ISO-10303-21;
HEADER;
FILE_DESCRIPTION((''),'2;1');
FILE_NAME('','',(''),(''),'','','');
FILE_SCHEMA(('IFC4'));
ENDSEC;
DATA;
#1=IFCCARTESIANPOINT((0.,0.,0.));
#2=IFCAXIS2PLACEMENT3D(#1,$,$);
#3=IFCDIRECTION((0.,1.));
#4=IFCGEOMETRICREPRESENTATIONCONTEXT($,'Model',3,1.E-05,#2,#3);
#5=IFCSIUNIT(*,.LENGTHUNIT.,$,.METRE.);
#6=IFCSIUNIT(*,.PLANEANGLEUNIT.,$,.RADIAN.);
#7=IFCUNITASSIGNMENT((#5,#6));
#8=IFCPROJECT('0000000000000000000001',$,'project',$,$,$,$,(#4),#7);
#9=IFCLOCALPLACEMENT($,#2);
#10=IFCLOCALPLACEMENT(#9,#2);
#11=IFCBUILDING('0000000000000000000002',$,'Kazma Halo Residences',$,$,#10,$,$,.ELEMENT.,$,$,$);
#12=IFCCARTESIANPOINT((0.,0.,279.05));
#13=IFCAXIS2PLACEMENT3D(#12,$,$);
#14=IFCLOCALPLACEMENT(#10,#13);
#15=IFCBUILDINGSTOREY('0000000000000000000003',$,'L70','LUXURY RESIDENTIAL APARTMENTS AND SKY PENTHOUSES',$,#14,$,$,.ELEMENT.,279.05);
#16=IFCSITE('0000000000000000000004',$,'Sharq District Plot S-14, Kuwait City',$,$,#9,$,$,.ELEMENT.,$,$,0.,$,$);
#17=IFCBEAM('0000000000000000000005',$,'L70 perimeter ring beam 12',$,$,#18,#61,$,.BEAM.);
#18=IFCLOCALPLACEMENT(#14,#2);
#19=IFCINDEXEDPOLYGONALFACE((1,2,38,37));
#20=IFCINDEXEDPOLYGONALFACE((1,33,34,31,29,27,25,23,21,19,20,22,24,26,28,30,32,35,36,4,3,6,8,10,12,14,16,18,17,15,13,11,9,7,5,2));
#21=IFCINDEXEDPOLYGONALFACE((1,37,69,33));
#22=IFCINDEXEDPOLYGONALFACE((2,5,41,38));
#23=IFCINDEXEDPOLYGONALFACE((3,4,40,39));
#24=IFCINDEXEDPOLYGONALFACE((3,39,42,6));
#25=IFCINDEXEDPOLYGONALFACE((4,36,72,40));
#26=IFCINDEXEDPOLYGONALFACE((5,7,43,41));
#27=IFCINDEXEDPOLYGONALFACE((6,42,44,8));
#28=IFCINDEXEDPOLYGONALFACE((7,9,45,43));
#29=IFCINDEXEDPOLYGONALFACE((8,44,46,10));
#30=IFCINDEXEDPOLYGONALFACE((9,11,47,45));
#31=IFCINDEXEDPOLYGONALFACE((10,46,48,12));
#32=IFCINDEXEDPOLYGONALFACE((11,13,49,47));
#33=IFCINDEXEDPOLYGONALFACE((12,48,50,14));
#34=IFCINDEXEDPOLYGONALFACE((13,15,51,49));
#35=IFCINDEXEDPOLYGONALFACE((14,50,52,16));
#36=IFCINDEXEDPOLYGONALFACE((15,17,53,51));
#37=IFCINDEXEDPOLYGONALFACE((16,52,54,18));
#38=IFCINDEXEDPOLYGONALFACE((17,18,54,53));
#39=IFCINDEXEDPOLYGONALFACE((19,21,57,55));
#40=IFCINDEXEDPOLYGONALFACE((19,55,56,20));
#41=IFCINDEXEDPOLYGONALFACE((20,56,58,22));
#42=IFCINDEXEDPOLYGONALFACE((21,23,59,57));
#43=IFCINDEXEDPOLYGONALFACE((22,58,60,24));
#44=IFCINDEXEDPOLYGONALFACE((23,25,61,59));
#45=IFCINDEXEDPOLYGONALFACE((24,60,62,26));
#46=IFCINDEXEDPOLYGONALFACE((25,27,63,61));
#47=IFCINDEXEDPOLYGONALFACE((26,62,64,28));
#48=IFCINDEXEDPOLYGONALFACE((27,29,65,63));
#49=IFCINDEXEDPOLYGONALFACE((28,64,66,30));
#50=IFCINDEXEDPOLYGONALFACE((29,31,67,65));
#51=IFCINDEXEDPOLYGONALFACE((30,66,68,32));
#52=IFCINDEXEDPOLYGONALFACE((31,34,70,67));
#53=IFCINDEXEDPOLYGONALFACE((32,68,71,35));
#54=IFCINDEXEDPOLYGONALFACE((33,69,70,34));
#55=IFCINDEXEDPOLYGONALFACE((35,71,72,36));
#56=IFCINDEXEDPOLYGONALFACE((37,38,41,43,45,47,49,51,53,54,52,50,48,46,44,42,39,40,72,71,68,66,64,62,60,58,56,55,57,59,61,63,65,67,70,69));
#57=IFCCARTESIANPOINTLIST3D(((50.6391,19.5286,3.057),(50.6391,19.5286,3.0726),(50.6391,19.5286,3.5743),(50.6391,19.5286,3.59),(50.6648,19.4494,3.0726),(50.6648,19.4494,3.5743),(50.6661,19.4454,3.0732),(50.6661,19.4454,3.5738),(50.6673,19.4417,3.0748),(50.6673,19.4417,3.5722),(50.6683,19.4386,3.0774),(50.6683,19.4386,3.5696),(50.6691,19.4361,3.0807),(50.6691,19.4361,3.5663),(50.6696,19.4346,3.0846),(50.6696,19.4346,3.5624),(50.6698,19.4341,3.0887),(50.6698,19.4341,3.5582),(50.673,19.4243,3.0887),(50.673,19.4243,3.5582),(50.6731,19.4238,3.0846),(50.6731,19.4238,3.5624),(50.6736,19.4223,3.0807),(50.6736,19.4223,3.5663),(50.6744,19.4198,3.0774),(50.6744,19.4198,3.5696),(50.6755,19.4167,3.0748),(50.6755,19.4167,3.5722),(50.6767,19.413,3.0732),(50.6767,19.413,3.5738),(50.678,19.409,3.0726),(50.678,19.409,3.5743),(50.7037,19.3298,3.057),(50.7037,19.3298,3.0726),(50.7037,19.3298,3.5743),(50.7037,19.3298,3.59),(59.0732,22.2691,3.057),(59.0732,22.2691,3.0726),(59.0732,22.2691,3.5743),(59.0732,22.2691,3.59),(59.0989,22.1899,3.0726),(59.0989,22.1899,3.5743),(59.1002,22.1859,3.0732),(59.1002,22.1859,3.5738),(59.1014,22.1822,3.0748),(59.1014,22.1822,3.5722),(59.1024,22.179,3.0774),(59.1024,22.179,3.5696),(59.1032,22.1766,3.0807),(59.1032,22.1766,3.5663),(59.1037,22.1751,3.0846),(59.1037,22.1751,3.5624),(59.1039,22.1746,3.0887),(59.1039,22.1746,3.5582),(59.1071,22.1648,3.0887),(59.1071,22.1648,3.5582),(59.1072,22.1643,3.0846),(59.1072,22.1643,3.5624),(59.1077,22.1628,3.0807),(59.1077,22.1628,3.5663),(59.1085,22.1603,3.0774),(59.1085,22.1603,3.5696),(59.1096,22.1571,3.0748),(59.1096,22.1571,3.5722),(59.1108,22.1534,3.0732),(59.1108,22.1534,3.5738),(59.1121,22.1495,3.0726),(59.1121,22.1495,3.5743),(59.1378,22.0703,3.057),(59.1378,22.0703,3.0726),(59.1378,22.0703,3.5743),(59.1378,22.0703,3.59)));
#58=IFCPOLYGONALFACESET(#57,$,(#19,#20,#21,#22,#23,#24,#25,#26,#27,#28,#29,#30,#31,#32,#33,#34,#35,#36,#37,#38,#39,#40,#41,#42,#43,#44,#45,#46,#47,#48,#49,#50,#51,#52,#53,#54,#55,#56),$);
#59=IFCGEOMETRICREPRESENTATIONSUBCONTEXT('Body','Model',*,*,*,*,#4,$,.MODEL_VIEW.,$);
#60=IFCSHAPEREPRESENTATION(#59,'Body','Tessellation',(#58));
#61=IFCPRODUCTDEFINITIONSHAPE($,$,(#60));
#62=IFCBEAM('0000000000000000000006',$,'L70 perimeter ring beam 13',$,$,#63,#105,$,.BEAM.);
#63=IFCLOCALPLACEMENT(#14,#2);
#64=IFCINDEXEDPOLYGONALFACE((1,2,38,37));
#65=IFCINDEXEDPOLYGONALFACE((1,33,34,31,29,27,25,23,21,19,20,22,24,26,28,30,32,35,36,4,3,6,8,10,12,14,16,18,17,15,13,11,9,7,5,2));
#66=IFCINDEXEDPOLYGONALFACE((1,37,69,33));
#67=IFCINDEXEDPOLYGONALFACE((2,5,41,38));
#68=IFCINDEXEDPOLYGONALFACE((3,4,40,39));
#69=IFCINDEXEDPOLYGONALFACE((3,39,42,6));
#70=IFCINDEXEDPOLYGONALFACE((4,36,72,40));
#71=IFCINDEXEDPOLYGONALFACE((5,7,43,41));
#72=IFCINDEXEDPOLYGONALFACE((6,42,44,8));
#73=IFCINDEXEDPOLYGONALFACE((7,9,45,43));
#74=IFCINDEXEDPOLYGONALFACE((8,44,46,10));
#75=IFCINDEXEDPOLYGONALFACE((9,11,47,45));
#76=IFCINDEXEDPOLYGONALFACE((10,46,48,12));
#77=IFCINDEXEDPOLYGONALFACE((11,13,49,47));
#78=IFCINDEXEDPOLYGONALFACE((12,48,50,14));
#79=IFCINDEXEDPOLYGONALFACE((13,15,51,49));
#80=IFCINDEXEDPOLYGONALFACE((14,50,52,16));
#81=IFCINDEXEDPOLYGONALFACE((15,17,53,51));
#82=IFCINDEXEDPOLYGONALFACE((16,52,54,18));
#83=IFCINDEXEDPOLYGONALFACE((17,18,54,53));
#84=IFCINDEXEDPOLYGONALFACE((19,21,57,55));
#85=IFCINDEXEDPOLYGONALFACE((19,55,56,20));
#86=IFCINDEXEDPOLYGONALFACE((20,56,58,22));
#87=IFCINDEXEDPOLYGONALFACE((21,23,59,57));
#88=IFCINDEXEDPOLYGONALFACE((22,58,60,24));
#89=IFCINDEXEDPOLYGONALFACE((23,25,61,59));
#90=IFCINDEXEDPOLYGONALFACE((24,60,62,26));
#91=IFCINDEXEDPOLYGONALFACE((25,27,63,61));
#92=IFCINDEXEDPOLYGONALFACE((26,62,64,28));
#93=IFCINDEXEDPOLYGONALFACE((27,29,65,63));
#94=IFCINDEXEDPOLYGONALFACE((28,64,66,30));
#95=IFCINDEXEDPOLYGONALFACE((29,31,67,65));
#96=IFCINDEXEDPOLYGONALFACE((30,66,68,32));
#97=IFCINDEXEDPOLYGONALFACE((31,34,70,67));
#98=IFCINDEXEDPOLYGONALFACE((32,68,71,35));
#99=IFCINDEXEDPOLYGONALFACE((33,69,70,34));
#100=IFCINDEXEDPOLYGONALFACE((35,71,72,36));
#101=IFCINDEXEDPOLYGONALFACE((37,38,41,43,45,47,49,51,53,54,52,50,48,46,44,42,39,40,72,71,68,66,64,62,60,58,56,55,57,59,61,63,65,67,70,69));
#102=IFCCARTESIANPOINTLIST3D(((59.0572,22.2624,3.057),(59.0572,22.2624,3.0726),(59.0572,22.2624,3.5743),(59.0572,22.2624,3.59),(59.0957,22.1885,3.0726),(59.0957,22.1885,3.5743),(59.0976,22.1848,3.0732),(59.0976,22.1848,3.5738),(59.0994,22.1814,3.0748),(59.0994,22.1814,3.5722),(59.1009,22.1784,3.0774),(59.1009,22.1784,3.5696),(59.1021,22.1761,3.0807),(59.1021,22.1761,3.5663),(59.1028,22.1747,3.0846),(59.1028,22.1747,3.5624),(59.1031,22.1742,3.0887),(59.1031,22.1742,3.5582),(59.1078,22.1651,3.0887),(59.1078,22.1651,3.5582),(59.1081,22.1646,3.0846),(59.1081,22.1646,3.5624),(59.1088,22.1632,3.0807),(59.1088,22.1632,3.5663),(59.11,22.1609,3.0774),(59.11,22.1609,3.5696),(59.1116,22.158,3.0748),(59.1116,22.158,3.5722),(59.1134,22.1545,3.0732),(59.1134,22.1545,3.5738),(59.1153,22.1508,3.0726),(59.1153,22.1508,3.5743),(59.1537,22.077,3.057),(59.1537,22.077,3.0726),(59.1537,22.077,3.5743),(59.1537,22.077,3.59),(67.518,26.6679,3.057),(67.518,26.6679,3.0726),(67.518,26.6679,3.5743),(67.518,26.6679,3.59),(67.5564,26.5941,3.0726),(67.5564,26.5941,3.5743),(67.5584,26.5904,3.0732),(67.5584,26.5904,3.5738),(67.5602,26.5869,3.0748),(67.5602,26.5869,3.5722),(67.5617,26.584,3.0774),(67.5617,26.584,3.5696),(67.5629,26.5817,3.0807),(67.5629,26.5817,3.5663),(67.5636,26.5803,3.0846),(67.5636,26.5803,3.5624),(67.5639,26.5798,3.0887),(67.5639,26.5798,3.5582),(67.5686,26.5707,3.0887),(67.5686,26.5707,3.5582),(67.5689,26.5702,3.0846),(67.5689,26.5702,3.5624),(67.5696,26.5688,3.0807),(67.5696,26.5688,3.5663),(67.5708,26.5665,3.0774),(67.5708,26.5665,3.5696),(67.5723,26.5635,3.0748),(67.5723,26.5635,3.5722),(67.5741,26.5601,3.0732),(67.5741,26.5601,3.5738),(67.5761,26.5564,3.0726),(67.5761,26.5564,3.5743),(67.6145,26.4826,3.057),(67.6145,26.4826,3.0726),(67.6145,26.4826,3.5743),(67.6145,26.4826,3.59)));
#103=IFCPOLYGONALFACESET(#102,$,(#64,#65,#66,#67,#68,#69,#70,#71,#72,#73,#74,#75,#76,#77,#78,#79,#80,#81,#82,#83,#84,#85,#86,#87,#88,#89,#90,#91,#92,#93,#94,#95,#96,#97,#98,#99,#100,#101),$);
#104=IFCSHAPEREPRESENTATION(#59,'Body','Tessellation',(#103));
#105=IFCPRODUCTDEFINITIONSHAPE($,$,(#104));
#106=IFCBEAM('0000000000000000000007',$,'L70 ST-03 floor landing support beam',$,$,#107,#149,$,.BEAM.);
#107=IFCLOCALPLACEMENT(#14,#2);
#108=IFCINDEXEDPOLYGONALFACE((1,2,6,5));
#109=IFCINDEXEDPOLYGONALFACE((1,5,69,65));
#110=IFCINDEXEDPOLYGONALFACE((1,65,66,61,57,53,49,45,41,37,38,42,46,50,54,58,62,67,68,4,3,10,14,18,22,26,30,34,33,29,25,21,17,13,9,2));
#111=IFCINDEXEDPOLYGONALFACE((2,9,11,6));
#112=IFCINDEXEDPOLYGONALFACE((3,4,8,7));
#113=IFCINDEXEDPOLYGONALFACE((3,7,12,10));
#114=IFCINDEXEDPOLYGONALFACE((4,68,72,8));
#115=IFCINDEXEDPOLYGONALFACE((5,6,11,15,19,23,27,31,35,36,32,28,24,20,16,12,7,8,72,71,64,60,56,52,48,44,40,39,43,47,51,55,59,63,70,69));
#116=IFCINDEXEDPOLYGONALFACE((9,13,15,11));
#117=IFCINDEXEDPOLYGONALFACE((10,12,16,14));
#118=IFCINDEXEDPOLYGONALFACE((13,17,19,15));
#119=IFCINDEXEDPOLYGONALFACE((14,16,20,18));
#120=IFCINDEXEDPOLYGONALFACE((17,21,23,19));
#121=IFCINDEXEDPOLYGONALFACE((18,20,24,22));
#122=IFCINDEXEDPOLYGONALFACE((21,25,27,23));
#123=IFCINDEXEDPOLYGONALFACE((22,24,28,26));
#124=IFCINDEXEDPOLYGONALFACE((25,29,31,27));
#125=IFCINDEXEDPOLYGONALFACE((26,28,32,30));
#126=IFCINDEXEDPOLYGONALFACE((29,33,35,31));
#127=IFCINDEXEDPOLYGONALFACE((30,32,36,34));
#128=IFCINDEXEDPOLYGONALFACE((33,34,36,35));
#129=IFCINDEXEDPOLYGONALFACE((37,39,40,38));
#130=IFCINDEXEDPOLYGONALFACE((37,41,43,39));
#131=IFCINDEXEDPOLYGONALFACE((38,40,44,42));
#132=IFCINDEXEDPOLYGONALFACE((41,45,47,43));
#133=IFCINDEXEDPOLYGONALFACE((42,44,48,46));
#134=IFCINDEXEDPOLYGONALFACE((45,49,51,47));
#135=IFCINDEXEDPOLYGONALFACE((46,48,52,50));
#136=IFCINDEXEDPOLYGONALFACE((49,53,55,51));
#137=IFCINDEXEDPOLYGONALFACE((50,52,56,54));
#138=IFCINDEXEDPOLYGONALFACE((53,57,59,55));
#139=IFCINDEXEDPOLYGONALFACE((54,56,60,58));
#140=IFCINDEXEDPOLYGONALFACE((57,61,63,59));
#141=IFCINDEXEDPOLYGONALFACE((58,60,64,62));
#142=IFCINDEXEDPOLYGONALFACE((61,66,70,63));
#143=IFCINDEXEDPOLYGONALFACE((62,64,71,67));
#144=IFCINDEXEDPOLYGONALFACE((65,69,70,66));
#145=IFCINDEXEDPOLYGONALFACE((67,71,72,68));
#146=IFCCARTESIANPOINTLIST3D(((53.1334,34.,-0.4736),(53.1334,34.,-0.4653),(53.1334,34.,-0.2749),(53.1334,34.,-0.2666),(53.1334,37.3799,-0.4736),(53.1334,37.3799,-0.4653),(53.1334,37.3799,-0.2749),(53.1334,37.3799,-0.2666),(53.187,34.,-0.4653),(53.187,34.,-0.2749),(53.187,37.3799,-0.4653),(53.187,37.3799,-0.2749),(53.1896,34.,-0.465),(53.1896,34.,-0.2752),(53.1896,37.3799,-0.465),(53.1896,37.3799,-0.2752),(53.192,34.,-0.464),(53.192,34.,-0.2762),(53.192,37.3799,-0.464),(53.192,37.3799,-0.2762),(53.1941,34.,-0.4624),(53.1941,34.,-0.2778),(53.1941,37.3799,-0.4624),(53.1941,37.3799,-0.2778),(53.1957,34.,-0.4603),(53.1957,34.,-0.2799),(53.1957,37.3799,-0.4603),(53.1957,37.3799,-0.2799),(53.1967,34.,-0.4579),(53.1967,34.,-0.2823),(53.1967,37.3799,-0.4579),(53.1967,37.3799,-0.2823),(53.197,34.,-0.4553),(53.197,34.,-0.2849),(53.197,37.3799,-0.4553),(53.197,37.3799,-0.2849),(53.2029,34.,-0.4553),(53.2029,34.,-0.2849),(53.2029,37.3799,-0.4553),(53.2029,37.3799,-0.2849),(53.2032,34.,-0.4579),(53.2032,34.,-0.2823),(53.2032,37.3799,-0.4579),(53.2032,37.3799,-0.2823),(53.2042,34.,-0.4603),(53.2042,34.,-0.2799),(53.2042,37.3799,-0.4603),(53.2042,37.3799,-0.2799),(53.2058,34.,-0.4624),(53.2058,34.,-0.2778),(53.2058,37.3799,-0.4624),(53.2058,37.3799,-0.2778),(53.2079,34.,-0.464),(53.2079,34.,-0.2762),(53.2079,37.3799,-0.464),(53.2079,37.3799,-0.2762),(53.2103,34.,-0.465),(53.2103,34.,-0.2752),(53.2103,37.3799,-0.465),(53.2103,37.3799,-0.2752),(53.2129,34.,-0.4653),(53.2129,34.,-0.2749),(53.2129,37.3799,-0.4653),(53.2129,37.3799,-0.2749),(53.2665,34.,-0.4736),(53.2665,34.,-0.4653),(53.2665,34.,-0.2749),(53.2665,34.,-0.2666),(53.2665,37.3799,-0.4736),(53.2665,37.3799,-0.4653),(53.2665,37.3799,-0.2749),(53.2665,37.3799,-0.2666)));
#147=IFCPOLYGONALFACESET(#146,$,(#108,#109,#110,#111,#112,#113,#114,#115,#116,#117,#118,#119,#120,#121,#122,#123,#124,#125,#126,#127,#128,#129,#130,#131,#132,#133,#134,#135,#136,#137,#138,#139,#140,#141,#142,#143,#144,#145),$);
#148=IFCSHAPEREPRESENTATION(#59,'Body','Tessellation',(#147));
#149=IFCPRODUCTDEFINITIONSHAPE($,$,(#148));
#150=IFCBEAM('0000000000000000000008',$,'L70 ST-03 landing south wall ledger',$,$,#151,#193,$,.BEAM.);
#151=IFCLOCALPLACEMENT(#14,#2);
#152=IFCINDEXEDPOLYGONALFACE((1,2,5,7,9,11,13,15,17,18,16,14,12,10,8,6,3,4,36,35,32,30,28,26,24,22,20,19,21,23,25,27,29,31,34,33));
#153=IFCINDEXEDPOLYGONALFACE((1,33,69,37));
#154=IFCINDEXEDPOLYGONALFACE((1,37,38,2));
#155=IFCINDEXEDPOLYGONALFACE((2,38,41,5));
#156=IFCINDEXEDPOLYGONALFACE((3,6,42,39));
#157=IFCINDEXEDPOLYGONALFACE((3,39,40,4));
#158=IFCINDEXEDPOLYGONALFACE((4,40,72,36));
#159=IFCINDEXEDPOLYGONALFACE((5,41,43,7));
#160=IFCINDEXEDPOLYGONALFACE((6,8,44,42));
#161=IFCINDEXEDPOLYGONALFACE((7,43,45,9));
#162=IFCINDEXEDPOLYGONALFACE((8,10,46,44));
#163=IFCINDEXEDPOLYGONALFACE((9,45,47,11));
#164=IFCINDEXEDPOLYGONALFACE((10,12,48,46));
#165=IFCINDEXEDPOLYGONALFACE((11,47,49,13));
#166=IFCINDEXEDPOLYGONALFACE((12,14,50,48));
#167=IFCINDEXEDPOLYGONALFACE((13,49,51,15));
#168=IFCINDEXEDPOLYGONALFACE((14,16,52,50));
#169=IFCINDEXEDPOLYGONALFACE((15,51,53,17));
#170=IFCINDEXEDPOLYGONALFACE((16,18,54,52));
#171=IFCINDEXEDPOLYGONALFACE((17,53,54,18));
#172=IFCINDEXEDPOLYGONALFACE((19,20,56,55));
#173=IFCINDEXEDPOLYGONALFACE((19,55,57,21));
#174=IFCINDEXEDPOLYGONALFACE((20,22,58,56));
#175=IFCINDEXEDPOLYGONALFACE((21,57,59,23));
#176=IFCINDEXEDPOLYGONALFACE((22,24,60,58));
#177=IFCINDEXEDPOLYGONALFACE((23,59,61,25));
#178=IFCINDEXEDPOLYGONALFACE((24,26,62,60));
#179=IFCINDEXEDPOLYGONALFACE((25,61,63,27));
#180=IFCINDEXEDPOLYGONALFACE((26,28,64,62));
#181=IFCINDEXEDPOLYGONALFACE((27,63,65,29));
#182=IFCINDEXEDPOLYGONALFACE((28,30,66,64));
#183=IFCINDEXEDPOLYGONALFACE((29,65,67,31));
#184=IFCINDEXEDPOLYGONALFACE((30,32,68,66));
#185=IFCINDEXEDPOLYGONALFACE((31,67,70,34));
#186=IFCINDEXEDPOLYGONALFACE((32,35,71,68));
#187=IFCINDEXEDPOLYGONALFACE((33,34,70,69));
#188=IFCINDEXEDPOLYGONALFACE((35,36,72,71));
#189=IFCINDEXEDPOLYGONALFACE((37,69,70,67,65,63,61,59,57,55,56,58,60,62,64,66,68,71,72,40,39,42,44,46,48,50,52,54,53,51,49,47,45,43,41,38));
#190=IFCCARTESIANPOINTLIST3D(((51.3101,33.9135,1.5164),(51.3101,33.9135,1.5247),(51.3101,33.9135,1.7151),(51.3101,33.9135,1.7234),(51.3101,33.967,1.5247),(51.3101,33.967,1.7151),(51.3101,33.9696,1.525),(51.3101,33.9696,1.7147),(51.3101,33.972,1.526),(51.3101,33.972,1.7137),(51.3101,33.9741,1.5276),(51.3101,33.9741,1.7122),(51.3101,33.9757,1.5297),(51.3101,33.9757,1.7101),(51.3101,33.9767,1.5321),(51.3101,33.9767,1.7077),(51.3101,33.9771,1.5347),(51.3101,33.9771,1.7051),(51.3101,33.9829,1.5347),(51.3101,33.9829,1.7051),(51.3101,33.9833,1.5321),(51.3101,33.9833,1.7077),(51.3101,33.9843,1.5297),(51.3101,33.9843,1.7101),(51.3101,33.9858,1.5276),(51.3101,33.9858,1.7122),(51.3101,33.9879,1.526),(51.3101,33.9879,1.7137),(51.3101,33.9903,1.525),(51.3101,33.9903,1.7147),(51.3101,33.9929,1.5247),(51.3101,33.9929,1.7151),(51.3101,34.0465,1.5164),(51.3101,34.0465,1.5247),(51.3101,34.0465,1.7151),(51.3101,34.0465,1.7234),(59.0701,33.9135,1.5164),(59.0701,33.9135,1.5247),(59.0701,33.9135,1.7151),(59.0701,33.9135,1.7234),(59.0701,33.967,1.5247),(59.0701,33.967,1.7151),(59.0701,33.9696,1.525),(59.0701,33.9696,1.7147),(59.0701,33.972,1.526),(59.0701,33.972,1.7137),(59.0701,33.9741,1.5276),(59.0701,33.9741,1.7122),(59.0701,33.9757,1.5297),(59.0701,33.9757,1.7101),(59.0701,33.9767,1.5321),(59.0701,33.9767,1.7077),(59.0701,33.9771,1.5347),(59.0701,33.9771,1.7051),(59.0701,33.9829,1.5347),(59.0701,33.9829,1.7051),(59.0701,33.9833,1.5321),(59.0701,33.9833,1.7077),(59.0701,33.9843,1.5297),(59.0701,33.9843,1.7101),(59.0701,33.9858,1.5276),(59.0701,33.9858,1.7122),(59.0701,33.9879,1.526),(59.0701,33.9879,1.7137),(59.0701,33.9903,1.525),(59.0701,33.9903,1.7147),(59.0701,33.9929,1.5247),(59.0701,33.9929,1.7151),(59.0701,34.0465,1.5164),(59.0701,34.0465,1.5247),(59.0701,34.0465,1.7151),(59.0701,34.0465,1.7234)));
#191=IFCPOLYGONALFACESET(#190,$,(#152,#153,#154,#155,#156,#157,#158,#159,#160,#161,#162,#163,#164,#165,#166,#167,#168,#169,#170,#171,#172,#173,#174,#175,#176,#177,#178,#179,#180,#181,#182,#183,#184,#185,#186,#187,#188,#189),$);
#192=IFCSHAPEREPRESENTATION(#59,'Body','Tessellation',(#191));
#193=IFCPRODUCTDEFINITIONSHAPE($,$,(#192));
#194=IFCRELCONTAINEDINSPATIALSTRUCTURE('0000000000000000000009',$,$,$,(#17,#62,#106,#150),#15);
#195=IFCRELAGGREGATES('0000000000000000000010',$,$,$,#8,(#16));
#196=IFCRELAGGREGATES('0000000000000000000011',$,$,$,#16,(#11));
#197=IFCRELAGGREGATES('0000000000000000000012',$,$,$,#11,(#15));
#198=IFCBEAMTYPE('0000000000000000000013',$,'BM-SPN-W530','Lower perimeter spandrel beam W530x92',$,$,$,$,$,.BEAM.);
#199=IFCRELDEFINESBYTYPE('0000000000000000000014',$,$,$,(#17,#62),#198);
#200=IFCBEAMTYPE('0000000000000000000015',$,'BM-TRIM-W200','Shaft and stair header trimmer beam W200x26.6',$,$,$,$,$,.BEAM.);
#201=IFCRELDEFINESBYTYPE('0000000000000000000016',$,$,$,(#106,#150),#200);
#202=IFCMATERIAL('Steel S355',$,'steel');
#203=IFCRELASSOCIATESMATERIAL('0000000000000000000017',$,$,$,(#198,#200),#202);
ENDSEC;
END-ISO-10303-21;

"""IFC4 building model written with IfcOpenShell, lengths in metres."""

from ifc_helpers import new_model, si_unit, direction, frame, origin, origin_2d, place, context, subcontext, project, spatial, i_section, extrude, material, material_profile, profile_set, type_object, element, save


model = new_model("IFC4")

# Units and contexts
model_context = context("Model", 3, precision=1e-05, world=origin(), true_north=direction((0.0, 1.0)))
body_context = subcontext(model_context, "Body", "Model", "MODEL_VIEW")
ifc_project = project(units=[si_unit("LENGTHUNIT", "METRE"), si_unit("PLANEANGLEUNIT", "RADIAN")], contexts=[model_context])

# Site, building, storey
site_placement = place(None, origin())
site = spatial("IfcSite", under=ifc_project, at=site_placement, Name="Sharq District Plot S-14, Kuwait City", CompositionType="ELEMENT", RefElevation=0.0)
building_placement = place(site_placement, origin())
building = spatial("IfcBuilding", under=site, at=building_placement, Name="Kazma Halo Residences", CompositionType="ELEMENT")
storey_placement = place(building_placement, frame((0.0, 0.0, 279.05)))
storey = spatial("IfcBuildingStorey", under=building, at=storey_placement, Name="L70", Description="LUXURY RESIDENTIAL APARTMENTS AND SKY PENTHOUSES", CompositionType="ELEMENT", Elevation=279.05)

# Beams
ifc_material_1 = material(Name="Steel S355", Category="steel")
ifc_material_profile_1 = material_profile(ifc_material_1, i_section(OverallWidth=0.209, OverallDepth=0.533, WebThickness=0.0103, FlangeThickness=0.0156, FilletRadius=0.0161, at=origin_2d()), Name="W530x92")
ifc_profile_set_1 = profile_set([ifc_material_profile_1], Name="Steel S355")
beam_type_1 = type_object("IfcBeamType", Name="BM-SPN-W530", Description="Lower perimeter spandrel beam W530x92", PredefinedType="BEAM", material=ifc_profile_set_1)
beam_1_placement = place(storey_placement, frame((50.6714, 19.4292, 3.3235), z_axis=(0.951054, 0.309025, 0.0), x_axis=(-0.309025, 0.951054, 0.0)))
element("IfcBeam", 1, at=beam_1_placement, inside=storey, type_object=beam_type_1, Name="L70 perimeter ring beam 12", PredefinedType="BEAM", context=body_context, shape_type="SweptSolid", body=[
    extrude(i_section(OverallWidth=0.209, OverallDepth=0.533, WebThickness=0.0103, FlangeThickness=0.0156, FilletRadius=0.0161, at=origin_2d()), origin(), (0.0, 0.0, 1.0), 8.8682),
])
beam_2_placement = place(storey_placement, frame((59.1055, 22.1697, 3.3235), z_axis=(0.886961, 0.461844, 0.0), x_axis=(-0.461844, 0.886961, 0.0)))
element("IfcBeam", 2, at=beam_2_placement, inside=storey, type_object=beam_type_1, Name="L70 perimeter ring beam 13", PredefinedType="BEAM", context=body_context, shape_type="SweptSolid", body=[
    extrude(i_section(OverallWidth=0.209, OverallDepth=0.533, WebThickness=0.0103, FlangeThickness=0.0156, FilletRadius=0.0161, at=origin_2d()), origin(), (0.0, 0.0, 1.0), 9.5391),
])
ifc_material_profile_2 = material_profile(ifc_material_1, i_section(OverallWidth=0.1331, OverallDepth=0.207, WebThickness=0.0059, FlangeThickness=0.0083, FilletRadius=0.01, at=origin_2d()), Name="W200x26.6")
ifc_profile_set_2 = profile_set([ifc_material_profile_2], Name="Steel S355")
beam_type_2 = type_object("IfcBeamType", Name="BM-TRIM-W200", Description="Shaft and stair header trimmer beam W200x26.6", PredefinedType="BEAM", material=ifc_profile_set_2)
beam_3_placement = place(storey_placement, frame((53.2, 34.0, -0.3701), z_axis=(0.0, 1.0, 0.0), x_axis=(-1.0, 0.0, 0.0)))
element("IfcBeam", 3, at=beam_3_placement, inside=storey, type_object=beam_type_2, Name="L70 ST-03 floor landing support beam", PredefinedType="BEAM", context=body_context, shape_type="SweptSolid", body=[
    extrude(i_section(OverallWidth=0.1331, OverallDepth=0.207, WebThickness=0.0059, FlangeThickness=0.0083, FilletRadius=0.01, at=origin_2d()), origin(), (0.0, 0.0, 1.0), 3.3799),
])
beam_4_placement = place(storey_placement, frame((51.3101, 33.98, 1.6199), z_axis=(1.0, 0.0, 0.0), x_axis=(0.0, 1.0, 0.0)))
element("IfcBeam", 4, at=beam_4_placement, inside=storey, type_object=beam_type_2, Name="L70 ST-03 landing south wall ledger", PredefinedType="BEAM", context=body_context, shape_type="SweptSolid", body=[
    extrude(i_section(OverallWidth=0.1331, OverallDepth=0.207, WebThickness=0.0059, FlangeThickness=0.0083, FilletRadius=0.01, at=origin_2d()), origin(), (0.0, 0.0, 1.0), 7.76),
])

save(model, "model.ifc")
